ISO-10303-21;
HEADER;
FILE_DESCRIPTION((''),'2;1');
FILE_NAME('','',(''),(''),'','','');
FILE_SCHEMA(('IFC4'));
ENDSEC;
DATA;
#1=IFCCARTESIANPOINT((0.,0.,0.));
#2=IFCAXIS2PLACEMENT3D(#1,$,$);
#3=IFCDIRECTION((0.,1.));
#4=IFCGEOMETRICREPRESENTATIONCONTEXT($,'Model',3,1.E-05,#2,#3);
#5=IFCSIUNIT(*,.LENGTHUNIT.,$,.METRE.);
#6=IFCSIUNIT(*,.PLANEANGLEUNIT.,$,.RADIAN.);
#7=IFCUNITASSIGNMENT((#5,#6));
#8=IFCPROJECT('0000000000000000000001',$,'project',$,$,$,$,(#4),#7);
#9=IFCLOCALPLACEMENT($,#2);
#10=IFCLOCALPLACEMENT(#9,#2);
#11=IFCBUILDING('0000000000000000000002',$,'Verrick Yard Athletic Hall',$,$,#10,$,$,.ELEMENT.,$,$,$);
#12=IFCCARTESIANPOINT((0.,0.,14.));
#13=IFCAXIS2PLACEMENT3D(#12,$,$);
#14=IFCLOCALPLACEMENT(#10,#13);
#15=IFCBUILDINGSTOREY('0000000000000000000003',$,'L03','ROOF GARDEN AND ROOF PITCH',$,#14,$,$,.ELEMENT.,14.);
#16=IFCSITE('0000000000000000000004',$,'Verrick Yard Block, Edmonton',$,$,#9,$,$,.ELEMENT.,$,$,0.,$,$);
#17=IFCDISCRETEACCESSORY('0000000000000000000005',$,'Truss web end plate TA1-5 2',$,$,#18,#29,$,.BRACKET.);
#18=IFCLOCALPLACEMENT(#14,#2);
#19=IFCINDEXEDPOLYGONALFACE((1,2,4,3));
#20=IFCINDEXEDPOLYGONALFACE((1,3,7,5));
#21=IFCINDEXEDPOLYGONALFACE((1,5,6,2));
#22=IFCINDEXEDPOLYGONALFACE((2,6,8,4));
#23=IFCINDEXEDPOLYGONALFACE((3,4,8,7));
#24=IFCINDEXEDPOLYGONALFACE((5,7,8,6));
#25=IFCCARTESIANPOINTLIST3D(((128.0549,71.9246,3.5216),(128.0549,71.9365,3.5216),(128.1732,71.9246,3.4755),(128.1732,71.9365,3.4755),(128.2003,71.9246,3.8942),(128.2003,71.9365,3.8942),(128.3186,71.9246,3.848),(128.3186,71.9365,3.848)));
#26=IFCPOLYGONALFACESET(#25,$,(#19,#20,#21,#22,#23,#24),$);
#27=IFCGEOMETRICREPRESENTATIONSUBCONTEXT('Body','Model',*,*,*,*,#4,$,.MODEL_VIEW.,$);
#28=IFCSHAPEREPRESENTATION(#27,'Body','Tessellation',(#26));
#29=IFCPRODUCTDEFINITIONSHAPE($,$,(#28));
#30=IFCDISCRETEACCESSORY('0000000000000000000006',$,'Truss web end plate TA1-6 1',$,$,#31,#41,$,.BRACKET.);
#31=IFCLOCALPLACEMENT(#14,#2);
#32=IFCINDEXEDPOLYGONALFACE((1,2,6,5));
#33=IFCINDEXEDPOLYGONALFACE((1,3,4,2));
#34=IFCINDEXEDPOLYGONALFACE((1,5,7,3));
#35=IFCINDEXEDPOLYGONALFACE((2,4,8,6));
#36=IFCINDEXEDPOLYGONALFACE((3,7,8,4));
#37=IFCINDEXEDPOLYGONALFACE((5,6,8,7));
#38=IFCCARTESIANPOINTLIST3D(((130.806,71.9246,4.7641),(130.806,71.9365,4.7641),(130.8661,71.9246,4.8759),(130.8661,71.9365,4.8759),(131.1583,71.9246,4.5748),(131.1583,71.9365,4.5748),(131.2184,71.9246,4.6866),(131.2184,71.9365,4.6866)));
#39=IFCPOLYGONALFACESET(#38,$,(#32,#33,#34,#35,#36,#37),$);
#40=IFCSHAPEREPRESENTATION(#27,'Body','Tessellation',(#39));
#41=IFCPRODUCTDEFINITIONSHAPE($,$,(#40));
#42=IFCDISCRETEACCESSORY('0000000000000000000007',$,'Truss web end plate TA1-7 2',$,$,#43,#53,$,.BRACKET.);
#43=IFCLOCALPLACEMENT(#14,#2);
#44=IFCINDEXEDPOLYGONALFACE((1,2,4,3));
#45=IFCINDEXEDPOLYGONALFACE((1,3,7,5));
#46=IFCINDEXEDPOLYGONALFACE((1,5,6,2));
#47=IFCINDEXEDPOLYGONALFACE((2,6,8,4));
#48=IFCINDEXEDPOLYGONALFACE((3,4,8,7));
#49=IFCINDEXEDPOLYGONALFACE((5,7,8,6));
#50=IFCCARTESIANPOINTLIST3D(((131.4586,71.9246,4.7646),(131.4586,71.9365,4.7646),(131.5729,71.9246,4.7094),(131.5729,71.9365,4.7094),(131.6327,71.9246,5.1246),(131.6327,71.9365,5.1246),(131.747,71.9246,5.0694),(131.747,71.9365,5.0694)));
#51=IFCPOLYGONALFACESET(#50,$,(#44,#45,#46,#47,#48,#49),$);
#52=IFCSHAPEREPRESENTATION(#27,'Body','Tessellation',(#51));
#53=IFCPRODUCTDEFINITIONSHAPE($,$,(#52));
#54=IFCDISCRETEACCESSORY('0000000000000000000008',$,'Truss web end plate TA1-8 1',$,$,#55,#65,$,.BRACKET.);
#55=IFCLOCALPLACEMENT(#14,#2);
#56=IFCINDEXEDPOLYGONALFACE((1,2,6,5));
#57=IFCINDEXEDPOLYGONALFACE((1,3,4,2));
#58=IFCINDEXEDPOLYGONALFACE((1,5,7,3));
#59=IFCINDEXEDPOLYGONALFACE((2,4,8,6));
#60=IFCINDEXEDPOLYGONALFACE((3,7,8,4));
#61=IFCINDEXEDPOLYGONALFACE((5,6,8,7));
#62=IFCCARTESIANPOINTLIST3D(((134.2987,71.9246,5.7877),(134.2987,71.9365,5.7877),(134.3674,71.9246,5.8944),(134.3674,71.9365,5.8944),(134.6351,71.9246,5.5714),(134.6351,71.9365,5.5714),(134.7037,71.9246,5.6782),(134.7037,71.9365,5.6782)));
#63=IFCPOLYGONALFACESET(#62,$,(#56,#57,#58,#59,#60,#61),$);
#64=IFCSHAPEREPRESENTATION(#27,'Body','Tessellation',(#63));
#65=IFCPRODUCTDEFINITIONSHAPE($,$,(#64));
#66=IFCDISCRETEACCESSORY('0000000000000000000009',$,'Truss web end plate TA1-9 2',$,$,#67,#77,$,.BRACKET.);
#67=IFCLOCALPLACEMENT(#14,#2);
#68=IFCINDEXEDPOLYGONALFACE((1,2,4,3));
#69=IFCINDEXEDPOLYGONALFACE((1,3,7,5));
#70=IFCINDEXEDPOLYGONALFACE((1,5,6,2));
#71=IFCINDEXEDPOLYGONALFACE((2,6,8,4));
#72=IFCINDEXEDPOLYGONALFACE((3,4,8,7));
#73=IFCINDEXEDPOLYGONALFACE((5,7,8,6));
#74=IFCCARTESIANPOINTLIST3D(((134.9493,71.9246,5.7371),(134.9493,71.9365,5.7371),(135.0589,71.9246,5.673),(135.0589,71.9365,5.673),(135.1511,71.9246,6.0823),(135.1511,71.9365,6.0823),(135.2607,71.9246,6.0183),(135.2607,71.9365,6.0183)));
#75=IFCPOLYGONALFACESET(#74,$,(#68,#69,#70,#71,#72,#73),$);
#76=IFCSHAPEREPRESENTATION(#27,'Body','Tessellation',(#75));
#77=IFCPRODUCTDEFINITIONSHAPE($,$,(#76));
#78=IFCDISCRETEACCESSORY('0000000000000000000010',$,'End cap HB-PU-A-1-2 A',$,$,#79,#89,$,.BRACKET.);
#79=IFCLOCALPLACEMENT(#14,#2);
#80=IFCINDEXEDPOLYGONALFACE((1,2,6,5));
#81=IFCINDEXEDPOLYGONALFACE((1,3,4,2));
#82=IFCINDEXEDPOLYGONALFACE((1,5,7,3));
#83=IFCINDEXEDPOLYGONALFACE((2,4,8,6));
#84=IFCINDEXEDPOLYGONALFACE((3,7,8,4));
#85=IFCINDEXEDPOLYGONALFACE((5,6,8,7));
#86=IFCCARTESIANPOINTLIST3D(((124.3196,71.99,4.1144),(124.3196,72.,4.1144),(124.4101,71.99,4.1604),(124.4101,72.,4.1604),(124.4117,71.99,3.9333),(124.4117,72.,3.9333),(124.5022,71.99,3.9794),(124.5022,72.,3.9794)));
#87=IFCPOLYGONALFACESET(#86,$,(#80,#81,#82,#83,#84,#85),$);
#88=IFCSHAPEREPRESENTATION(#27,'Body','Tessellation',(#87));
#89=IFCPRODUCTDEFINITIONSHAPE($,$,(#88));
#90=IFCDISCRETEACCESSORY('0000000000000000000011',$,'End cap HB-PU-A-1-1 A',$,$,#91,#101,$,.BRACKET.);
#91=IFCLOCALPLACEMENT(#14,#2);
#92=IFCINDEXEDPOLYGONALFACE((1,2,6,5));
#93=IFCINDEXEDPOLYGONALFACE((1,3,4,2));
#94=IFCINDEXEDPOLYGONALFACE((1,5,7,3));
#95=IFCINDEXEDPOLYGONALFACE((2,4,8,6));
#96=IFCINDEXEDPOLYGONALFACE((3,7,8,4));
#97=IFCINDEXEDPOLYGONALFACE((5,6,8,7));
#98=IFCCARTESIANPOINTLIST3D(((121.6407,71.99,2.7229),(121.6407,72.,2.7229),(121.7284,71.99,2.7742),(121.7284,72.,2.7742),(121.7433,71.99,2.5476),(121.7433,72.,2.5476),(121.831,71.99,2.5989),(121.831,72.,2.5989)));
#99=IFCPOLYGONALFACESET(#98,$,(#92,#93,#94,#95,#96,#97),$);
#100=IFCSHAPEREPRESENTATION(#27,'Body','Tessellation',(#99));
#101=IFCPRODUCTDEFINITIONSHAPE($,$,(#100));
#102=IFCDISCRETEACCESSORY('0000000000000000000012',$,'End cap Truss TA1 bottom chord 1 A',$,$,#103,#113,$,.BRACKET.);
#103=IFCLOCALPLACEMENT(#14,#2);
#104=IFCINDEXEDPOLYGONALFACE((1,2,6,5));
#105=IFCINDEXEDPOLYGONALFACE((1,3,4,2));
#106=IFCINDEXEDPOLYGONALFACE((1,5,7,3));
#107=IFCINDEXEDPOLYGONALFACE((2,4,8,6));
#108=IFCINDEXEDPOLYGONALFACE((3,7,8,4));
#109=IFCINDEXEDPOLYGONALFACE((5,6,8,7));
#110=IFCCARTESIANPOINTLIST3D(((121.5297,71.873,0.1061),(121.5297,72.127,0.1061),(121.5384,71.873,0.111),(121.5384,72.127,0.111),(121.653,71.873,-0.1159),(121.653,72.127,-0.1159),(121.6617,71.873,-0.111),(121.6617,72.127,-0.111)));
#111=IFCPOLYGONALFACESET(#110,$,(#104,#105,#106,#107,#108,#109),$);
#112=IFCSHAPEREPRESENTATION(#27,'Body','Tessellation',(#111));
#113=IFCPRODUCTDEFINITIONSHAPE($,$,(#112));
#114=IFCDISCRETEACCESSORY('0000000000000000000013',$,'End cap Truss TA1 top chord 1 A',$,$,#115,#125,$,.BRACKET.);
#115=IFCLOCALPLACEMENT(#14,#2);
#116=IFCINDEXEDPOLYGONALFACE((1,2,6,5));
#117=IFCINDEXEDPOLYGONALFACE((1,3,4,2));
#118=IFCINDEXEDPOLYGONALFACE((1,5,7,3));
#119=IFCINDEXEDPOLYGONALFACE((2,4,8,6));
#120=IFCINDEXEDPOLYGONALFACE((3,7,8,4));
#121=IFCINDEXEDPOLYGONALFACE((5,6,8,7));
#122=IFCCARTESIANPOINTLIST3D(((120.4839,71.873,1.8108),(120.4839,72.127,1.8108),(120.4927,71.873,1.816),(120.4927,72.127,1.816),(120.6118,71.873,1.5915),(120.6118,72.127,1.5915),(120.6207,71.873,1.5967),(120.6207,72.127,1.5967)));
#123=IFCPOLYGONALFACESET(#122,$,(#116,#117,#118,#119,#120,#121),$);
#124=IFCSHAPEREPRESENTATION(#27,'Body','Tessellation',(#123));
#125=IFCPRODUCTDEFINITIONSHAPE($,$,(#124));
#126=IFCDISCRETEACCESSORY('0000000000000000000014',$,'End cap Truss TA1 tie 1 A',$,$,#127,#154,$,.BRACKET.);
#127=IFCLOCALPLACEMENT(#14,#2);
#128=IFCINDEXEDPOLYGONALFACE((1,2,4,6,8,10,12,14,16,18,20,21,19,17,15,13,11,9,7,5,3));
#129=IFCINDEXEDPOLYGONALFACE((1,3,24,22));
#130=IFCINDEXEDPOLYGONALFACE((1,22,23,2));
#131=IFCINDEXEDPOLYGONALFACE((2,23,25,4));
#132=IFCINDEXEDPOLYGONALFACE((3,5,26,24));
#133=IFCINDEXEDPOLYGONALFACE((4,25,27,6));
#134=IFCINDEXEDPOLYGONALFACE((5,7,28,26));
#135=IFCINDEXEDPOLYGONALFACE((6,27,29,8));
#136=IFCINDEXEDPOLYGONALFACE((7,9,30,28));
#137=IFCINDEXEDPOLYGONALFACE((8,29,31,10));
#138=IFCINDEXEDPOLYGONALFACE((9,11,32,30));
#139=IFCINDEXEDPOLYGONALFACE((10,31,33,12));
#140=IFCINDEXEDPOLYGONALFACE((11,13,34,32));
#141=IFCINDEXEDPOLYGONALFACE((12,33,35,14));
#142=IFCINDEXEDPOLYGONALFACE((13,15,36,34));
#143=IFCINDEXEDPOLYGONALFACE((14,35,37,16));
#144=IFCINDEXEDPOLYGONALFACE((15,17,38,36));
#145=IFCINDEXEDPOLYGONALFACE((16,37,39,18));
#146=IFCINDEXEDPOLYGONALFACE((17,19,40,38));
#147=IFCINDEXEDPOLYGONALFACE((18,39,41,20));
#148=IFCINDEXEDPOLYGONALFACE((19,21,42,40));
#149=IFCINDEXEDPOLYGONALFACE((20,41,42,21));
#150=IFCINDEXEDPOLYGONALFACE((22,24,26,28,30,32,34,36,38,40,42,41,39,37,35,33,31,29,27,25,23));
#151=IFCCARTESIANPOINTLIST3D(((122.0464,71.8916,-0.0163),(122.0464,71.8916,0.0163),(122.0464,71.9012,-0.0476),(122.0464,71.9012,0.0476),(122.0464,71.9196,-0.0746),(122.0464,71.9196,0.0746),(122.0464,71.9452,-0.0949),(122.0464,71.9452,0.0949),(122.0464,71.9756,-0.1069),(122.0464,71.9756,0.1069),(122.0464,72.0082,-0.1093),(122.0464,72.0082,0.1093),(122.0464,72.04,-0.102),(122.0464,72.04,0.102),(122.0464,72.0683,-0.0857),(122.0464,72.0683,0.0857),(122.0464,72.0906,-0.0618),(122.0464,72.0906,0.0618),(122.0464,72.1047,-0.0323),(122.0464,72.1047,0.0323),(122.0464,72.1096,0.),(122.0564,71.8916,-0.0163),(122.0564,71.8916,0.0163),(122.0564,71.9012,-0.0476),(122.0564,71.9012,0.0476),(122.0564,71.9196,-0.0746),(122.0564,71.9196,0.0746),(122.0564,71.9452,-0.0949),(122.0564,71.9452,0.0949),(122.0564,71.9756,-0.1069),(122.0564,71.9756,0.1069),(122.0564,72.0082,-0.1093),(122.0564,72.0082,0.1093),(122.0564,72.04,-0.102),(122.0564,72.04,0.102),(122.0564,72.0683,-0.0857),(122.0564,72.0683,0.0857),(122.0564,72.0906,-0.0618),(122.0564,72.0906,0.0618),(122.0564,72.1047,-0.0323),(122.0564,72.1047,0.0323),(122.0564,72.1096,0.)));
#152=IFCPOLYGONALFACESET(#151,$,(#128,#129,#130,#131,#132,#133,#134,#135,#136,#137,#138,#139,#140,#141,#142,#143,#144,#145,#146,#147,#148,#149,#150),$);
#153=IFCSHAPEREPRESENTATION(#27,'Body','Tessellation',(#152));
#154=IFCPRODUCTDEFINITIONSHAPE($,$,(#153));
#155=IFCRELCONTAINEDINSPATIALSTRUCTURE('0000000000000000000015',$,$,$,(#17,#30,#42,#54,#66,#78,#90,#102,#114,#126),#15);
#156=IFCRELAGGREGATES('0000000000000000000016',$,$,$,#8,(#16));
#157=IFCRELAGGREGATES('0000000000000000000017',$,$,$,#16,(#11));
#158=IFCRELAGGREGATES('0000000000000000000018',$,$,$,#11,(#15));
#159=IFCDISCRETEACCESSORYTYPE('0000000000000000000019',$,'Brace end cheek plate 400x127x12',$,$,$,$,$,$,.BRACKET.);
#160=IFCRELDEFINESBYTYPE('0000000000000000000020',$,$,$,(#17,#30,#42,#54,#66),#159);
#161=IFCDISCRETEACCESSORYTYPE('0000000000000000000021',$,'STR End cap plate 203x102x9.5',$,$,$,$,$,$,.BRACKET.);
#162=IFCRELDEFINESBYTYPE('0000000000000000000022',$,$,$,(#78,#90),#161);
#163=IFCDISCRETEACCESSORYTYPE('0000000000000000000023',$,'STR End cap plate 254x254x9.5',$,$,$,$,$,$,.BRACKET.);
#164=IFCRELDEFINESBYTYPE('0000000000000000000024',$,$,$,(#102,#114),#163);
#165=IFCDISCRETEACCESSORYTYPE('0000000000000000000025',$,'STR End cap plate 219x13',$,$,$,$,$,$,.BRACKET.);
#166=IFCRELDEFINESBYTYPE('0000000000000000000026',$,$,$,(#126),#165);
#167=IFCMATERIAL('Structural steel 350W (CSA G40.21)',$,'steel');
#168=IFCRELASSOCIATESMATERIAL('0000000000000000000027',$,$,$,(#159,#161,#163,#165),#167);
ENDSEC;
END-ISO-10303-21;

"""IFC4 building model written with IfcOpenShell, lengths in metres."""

from ifc_helpers import new_model, si_unit, direction, frame, origin, origin_2d, place, context, subcontext, project, spatial, rectangle, circle, extrude, material, material_profile, profile_set, type_object, element, save


model = new_model("IFC4")

# Units and contexts
model_context = context("Model", 3, precision=1e-05, world=origin(), true_north=direction((0.0, 1.0)))
body_context = subcontext(model_context, "Body", "Model", "MODEL_VIEW")
ifc_project = project(units=[si_unit("LENGTHUNIT", "METRE"), si_unit("PLANEANGLEUNIT", "RADIAN")], contexts=[model_context])

# Site, building, storey
site_placement = place(None, origin())
site = spatial("IfcSite", under=ifc_project, at=site_placement, Name="Verrick Yard Block, Edmonton", CompositionType="ELEMENT", RefElevation=0.0)
building_placement = place(site_placement, origin())
building = spatial("IfcBuilding", under=site, at=building_placement, Name="Verrick Yard Athletic Hall", CompositionType="ELEMENT")
storey_placement = place(building_placement, frame((0.0, 0.0, 14.0)))
storey = spatial("IfcBuildingStorey", under=building, at=storey_placement, Name="L03", Description="ROOF GARDEN AND ROOF PITCH", CompositionType="ELEMENT", Elevation=14.0)

# Discrete accessories
ifc_material_1 = material(Name="Structural steel 350W (CSA G40.21)", Category="steel")
ifc_material_profile_1 = material_profile(ifc_material_1, rectangle(XDim=0.3999, YDim=0.127, at=origin_2d()), Name="Brace end cheek plate")
ifc_profile_set_1 = profile_set([ifc_material_profile_1], Name="Structural steel 350W (CSA G40.21)")
discrete_accessory_type_1 = type_object("IfcDiscreteAccessoryType", Name="Brace end cheek plate 400x127x12", PredefinedType="BRACKET", material=ifc_profile_set_1)
for number, where, z_axis, x_axis, name in (
    (1, (128.1868, 71.9365, 3.6848), (0.0, -1.0, 0.0), (0.363563, 0.0, 0.93157), "Truss web end plate TA1-5 2"),
    (2, (131.0122, 71.9365, 4.7253), (0.0, -1.0, 0.0), (-0.88092, 0.0, 0.473265), "Truss web end plate TA1-6 1"),
    (3, (131.6028, 71.9365, 4.917), (0.0, -1.0, 0.0), (0.435417, 0.0, 0.900229), "Truss web end plate TA1-7 2"),
    (4, (134.5012, 71.9365, 5.7329), (0.0, -1.0, 0.0), (-0.841141, 0.0, 0.540816), "Truss web end plate TA1-8 1"),
    (5, (135.105, 71.9365, 5.8777), (0.0, -1.0, 0.0), (0.504597, 0.0, 0.863355), "Truss web end plate TA1-9 2"),
):
    element("IfcDiscreteAccessory", number, at=place(storey_placement, frame(where, z_axis=z_axis, x_axis=x_axis)), inside=storey, type_object=discrete_accessory_type_1, Name=name, PredefinedType="BRACKET", context=body_context, shape_type="SweptSolid", body=[
        extrude(rectangle(XDim=0.3999, YDim=0.127, at=origin_2d()), origin(), (0.0, 0.0, 1.0), 0.012),
    ])
ifc_material_profile_2 = material_profile(ifc_material_1, rectangle(XDim=0.1016, YDim=0.2031, at=origin_2d()), Name="STR End cap plate 203x102x9.5")
ifc_profile_set_2 = profile_set([ifc_material_profile_2], Name="Structural steel 350W (CSA G40.21)")
discrete_accessory_type_2 = type_object("IfcDiscreteAccessoryType", Name="STR End cap plate 203x102x9.5", PredefinedType="BRACKET", material=ifc_profile_set_2)
for number, where, z_axis, x_axis, name in (
    (6, (124.4109, 71.99, 4.0469), (0.0, 1.0, 0.0), (-0.891353, 0.0, -0.45331), "End cap HB-PU-A-1-2 A"),
    (7, (121.7358, 71.99, 2.6609), (0.0, 1.0, 0.0), (-0.863168, 0.0, -0.504917), "End cap HB-PU-A-1-1 A"),
):
    element("IfcDiscreteAccessory", number, at=place(storey_placement, frame(where, z_axis=z_axis, x_axis=x_axis)), inside=storey, type_object=discrete_accessory_type_2, Name=name, PredefinedType="BRACKET", context=body_context, shape_type="SweptSolid", body=[
        extrude(rectangle(XDim=0.1016, YDim=0.2031, at=origin_2d()), origin(), (0.0, 0.0, 1.0), 0.01),
    ])
ifc_material_profile_3 = material_profile(ifc_material_1, rectangle(XDim=0.2539, YDim=0.2539, at=origin_2d()), Name="STR End cap plate 254x254x9.5")
ifc_profile_set_3 = profile_set([ifc_material_profile_3], Name="Structural steel 350W (CSA G40.21)")
discrete_accessory_type_3 = type_object("IfcDiscreteAccessoryType", Name="STR End cap plate 254x254x9.5", PredefinedType="BRACKET", material=ifc_profile_set_3)
discrete_accessory_1_placement = place(storey_placement, frame((121.5913, 72.0, -0.0049), z_axis=(0.874157, 0.0, 0.485643), x_axis=(0.0, 1.0, 0.0)))
element("IfcDiscreteAccessory", 8, at=discrete_accessory_1_placement, inside=storey, type_object=discrete_accessory_type_3, Name="End cap Truss TA1 bottom chord 1 A", PredefinedType="BRACKET", context=body_context, shape_type="SweptSolid", body=[
    extrude(rectangle(XDim=0.2539, YDim=0.2539, at=origin_2d()), origin(), (0.0, 0.0, 1.0), 0.01),
])
discrete_accessory_2_placement = place(storey_placement, frame((120.5479, 72.0, 1.7012), z_axis=(0.863779, 0.0, 0.503871), x_axis=(0.0, 1.0, 0.0)))
element("IfcDiscreteAccessory", 9, at=discrete_accessory_2_placement, inside=storey, type_object=discrete_accessory_type_3, Name="End cap Truss TA1 top chord 1 A", PredefinedType="BRACKET", context=body_context, shape_type="SweptSolid", body=[
    extrude(rectangle(XDim=0.2539, YDim=0.2539, at=origin_2d()), origin(), (0.0, 0.0, 1.0), 0.0103),
])
ifc_material_profile_4 = material_profile(ifc_material_1, circle(Radius=0.1096, at=origin_2d()), Name="STR End cap plate 219x13")
ifc_profile_set_4 = profile_set([ifc_material_profile_4], Name="Structural steel 350W (CSA G40.21)")
discrete_accessory_type_4 = type_object("IfcDiscreteAccessoryType", Name="STR End cap plate 219x13", PredefinedType="BRACKET", material=ifc_profile_set_4)
discrete_accessory_3_placement = place(storey_placement, frame((122.0464, 72.0, 0.0), z_axis=(1.0, 0.0, 0.0), x_axis=(0.0, 1.0, 0.0)))
element("IfcDiscreteAccessory", 10, at=discrete_accessory_3_placement, inside=storey, type_object=discrete_accessory_type_4, Name="End cap Truss TA1 tie 1 A", PredefinedType="BRACKET", context=body_context, shape_type="SweptSolid", body=[
    extrude(circle(Radius=0.1096, at=origin_2d()), origin(), (0.0, 0.0, 1.0), 0.01),
])

save(model, "model.ifc")
